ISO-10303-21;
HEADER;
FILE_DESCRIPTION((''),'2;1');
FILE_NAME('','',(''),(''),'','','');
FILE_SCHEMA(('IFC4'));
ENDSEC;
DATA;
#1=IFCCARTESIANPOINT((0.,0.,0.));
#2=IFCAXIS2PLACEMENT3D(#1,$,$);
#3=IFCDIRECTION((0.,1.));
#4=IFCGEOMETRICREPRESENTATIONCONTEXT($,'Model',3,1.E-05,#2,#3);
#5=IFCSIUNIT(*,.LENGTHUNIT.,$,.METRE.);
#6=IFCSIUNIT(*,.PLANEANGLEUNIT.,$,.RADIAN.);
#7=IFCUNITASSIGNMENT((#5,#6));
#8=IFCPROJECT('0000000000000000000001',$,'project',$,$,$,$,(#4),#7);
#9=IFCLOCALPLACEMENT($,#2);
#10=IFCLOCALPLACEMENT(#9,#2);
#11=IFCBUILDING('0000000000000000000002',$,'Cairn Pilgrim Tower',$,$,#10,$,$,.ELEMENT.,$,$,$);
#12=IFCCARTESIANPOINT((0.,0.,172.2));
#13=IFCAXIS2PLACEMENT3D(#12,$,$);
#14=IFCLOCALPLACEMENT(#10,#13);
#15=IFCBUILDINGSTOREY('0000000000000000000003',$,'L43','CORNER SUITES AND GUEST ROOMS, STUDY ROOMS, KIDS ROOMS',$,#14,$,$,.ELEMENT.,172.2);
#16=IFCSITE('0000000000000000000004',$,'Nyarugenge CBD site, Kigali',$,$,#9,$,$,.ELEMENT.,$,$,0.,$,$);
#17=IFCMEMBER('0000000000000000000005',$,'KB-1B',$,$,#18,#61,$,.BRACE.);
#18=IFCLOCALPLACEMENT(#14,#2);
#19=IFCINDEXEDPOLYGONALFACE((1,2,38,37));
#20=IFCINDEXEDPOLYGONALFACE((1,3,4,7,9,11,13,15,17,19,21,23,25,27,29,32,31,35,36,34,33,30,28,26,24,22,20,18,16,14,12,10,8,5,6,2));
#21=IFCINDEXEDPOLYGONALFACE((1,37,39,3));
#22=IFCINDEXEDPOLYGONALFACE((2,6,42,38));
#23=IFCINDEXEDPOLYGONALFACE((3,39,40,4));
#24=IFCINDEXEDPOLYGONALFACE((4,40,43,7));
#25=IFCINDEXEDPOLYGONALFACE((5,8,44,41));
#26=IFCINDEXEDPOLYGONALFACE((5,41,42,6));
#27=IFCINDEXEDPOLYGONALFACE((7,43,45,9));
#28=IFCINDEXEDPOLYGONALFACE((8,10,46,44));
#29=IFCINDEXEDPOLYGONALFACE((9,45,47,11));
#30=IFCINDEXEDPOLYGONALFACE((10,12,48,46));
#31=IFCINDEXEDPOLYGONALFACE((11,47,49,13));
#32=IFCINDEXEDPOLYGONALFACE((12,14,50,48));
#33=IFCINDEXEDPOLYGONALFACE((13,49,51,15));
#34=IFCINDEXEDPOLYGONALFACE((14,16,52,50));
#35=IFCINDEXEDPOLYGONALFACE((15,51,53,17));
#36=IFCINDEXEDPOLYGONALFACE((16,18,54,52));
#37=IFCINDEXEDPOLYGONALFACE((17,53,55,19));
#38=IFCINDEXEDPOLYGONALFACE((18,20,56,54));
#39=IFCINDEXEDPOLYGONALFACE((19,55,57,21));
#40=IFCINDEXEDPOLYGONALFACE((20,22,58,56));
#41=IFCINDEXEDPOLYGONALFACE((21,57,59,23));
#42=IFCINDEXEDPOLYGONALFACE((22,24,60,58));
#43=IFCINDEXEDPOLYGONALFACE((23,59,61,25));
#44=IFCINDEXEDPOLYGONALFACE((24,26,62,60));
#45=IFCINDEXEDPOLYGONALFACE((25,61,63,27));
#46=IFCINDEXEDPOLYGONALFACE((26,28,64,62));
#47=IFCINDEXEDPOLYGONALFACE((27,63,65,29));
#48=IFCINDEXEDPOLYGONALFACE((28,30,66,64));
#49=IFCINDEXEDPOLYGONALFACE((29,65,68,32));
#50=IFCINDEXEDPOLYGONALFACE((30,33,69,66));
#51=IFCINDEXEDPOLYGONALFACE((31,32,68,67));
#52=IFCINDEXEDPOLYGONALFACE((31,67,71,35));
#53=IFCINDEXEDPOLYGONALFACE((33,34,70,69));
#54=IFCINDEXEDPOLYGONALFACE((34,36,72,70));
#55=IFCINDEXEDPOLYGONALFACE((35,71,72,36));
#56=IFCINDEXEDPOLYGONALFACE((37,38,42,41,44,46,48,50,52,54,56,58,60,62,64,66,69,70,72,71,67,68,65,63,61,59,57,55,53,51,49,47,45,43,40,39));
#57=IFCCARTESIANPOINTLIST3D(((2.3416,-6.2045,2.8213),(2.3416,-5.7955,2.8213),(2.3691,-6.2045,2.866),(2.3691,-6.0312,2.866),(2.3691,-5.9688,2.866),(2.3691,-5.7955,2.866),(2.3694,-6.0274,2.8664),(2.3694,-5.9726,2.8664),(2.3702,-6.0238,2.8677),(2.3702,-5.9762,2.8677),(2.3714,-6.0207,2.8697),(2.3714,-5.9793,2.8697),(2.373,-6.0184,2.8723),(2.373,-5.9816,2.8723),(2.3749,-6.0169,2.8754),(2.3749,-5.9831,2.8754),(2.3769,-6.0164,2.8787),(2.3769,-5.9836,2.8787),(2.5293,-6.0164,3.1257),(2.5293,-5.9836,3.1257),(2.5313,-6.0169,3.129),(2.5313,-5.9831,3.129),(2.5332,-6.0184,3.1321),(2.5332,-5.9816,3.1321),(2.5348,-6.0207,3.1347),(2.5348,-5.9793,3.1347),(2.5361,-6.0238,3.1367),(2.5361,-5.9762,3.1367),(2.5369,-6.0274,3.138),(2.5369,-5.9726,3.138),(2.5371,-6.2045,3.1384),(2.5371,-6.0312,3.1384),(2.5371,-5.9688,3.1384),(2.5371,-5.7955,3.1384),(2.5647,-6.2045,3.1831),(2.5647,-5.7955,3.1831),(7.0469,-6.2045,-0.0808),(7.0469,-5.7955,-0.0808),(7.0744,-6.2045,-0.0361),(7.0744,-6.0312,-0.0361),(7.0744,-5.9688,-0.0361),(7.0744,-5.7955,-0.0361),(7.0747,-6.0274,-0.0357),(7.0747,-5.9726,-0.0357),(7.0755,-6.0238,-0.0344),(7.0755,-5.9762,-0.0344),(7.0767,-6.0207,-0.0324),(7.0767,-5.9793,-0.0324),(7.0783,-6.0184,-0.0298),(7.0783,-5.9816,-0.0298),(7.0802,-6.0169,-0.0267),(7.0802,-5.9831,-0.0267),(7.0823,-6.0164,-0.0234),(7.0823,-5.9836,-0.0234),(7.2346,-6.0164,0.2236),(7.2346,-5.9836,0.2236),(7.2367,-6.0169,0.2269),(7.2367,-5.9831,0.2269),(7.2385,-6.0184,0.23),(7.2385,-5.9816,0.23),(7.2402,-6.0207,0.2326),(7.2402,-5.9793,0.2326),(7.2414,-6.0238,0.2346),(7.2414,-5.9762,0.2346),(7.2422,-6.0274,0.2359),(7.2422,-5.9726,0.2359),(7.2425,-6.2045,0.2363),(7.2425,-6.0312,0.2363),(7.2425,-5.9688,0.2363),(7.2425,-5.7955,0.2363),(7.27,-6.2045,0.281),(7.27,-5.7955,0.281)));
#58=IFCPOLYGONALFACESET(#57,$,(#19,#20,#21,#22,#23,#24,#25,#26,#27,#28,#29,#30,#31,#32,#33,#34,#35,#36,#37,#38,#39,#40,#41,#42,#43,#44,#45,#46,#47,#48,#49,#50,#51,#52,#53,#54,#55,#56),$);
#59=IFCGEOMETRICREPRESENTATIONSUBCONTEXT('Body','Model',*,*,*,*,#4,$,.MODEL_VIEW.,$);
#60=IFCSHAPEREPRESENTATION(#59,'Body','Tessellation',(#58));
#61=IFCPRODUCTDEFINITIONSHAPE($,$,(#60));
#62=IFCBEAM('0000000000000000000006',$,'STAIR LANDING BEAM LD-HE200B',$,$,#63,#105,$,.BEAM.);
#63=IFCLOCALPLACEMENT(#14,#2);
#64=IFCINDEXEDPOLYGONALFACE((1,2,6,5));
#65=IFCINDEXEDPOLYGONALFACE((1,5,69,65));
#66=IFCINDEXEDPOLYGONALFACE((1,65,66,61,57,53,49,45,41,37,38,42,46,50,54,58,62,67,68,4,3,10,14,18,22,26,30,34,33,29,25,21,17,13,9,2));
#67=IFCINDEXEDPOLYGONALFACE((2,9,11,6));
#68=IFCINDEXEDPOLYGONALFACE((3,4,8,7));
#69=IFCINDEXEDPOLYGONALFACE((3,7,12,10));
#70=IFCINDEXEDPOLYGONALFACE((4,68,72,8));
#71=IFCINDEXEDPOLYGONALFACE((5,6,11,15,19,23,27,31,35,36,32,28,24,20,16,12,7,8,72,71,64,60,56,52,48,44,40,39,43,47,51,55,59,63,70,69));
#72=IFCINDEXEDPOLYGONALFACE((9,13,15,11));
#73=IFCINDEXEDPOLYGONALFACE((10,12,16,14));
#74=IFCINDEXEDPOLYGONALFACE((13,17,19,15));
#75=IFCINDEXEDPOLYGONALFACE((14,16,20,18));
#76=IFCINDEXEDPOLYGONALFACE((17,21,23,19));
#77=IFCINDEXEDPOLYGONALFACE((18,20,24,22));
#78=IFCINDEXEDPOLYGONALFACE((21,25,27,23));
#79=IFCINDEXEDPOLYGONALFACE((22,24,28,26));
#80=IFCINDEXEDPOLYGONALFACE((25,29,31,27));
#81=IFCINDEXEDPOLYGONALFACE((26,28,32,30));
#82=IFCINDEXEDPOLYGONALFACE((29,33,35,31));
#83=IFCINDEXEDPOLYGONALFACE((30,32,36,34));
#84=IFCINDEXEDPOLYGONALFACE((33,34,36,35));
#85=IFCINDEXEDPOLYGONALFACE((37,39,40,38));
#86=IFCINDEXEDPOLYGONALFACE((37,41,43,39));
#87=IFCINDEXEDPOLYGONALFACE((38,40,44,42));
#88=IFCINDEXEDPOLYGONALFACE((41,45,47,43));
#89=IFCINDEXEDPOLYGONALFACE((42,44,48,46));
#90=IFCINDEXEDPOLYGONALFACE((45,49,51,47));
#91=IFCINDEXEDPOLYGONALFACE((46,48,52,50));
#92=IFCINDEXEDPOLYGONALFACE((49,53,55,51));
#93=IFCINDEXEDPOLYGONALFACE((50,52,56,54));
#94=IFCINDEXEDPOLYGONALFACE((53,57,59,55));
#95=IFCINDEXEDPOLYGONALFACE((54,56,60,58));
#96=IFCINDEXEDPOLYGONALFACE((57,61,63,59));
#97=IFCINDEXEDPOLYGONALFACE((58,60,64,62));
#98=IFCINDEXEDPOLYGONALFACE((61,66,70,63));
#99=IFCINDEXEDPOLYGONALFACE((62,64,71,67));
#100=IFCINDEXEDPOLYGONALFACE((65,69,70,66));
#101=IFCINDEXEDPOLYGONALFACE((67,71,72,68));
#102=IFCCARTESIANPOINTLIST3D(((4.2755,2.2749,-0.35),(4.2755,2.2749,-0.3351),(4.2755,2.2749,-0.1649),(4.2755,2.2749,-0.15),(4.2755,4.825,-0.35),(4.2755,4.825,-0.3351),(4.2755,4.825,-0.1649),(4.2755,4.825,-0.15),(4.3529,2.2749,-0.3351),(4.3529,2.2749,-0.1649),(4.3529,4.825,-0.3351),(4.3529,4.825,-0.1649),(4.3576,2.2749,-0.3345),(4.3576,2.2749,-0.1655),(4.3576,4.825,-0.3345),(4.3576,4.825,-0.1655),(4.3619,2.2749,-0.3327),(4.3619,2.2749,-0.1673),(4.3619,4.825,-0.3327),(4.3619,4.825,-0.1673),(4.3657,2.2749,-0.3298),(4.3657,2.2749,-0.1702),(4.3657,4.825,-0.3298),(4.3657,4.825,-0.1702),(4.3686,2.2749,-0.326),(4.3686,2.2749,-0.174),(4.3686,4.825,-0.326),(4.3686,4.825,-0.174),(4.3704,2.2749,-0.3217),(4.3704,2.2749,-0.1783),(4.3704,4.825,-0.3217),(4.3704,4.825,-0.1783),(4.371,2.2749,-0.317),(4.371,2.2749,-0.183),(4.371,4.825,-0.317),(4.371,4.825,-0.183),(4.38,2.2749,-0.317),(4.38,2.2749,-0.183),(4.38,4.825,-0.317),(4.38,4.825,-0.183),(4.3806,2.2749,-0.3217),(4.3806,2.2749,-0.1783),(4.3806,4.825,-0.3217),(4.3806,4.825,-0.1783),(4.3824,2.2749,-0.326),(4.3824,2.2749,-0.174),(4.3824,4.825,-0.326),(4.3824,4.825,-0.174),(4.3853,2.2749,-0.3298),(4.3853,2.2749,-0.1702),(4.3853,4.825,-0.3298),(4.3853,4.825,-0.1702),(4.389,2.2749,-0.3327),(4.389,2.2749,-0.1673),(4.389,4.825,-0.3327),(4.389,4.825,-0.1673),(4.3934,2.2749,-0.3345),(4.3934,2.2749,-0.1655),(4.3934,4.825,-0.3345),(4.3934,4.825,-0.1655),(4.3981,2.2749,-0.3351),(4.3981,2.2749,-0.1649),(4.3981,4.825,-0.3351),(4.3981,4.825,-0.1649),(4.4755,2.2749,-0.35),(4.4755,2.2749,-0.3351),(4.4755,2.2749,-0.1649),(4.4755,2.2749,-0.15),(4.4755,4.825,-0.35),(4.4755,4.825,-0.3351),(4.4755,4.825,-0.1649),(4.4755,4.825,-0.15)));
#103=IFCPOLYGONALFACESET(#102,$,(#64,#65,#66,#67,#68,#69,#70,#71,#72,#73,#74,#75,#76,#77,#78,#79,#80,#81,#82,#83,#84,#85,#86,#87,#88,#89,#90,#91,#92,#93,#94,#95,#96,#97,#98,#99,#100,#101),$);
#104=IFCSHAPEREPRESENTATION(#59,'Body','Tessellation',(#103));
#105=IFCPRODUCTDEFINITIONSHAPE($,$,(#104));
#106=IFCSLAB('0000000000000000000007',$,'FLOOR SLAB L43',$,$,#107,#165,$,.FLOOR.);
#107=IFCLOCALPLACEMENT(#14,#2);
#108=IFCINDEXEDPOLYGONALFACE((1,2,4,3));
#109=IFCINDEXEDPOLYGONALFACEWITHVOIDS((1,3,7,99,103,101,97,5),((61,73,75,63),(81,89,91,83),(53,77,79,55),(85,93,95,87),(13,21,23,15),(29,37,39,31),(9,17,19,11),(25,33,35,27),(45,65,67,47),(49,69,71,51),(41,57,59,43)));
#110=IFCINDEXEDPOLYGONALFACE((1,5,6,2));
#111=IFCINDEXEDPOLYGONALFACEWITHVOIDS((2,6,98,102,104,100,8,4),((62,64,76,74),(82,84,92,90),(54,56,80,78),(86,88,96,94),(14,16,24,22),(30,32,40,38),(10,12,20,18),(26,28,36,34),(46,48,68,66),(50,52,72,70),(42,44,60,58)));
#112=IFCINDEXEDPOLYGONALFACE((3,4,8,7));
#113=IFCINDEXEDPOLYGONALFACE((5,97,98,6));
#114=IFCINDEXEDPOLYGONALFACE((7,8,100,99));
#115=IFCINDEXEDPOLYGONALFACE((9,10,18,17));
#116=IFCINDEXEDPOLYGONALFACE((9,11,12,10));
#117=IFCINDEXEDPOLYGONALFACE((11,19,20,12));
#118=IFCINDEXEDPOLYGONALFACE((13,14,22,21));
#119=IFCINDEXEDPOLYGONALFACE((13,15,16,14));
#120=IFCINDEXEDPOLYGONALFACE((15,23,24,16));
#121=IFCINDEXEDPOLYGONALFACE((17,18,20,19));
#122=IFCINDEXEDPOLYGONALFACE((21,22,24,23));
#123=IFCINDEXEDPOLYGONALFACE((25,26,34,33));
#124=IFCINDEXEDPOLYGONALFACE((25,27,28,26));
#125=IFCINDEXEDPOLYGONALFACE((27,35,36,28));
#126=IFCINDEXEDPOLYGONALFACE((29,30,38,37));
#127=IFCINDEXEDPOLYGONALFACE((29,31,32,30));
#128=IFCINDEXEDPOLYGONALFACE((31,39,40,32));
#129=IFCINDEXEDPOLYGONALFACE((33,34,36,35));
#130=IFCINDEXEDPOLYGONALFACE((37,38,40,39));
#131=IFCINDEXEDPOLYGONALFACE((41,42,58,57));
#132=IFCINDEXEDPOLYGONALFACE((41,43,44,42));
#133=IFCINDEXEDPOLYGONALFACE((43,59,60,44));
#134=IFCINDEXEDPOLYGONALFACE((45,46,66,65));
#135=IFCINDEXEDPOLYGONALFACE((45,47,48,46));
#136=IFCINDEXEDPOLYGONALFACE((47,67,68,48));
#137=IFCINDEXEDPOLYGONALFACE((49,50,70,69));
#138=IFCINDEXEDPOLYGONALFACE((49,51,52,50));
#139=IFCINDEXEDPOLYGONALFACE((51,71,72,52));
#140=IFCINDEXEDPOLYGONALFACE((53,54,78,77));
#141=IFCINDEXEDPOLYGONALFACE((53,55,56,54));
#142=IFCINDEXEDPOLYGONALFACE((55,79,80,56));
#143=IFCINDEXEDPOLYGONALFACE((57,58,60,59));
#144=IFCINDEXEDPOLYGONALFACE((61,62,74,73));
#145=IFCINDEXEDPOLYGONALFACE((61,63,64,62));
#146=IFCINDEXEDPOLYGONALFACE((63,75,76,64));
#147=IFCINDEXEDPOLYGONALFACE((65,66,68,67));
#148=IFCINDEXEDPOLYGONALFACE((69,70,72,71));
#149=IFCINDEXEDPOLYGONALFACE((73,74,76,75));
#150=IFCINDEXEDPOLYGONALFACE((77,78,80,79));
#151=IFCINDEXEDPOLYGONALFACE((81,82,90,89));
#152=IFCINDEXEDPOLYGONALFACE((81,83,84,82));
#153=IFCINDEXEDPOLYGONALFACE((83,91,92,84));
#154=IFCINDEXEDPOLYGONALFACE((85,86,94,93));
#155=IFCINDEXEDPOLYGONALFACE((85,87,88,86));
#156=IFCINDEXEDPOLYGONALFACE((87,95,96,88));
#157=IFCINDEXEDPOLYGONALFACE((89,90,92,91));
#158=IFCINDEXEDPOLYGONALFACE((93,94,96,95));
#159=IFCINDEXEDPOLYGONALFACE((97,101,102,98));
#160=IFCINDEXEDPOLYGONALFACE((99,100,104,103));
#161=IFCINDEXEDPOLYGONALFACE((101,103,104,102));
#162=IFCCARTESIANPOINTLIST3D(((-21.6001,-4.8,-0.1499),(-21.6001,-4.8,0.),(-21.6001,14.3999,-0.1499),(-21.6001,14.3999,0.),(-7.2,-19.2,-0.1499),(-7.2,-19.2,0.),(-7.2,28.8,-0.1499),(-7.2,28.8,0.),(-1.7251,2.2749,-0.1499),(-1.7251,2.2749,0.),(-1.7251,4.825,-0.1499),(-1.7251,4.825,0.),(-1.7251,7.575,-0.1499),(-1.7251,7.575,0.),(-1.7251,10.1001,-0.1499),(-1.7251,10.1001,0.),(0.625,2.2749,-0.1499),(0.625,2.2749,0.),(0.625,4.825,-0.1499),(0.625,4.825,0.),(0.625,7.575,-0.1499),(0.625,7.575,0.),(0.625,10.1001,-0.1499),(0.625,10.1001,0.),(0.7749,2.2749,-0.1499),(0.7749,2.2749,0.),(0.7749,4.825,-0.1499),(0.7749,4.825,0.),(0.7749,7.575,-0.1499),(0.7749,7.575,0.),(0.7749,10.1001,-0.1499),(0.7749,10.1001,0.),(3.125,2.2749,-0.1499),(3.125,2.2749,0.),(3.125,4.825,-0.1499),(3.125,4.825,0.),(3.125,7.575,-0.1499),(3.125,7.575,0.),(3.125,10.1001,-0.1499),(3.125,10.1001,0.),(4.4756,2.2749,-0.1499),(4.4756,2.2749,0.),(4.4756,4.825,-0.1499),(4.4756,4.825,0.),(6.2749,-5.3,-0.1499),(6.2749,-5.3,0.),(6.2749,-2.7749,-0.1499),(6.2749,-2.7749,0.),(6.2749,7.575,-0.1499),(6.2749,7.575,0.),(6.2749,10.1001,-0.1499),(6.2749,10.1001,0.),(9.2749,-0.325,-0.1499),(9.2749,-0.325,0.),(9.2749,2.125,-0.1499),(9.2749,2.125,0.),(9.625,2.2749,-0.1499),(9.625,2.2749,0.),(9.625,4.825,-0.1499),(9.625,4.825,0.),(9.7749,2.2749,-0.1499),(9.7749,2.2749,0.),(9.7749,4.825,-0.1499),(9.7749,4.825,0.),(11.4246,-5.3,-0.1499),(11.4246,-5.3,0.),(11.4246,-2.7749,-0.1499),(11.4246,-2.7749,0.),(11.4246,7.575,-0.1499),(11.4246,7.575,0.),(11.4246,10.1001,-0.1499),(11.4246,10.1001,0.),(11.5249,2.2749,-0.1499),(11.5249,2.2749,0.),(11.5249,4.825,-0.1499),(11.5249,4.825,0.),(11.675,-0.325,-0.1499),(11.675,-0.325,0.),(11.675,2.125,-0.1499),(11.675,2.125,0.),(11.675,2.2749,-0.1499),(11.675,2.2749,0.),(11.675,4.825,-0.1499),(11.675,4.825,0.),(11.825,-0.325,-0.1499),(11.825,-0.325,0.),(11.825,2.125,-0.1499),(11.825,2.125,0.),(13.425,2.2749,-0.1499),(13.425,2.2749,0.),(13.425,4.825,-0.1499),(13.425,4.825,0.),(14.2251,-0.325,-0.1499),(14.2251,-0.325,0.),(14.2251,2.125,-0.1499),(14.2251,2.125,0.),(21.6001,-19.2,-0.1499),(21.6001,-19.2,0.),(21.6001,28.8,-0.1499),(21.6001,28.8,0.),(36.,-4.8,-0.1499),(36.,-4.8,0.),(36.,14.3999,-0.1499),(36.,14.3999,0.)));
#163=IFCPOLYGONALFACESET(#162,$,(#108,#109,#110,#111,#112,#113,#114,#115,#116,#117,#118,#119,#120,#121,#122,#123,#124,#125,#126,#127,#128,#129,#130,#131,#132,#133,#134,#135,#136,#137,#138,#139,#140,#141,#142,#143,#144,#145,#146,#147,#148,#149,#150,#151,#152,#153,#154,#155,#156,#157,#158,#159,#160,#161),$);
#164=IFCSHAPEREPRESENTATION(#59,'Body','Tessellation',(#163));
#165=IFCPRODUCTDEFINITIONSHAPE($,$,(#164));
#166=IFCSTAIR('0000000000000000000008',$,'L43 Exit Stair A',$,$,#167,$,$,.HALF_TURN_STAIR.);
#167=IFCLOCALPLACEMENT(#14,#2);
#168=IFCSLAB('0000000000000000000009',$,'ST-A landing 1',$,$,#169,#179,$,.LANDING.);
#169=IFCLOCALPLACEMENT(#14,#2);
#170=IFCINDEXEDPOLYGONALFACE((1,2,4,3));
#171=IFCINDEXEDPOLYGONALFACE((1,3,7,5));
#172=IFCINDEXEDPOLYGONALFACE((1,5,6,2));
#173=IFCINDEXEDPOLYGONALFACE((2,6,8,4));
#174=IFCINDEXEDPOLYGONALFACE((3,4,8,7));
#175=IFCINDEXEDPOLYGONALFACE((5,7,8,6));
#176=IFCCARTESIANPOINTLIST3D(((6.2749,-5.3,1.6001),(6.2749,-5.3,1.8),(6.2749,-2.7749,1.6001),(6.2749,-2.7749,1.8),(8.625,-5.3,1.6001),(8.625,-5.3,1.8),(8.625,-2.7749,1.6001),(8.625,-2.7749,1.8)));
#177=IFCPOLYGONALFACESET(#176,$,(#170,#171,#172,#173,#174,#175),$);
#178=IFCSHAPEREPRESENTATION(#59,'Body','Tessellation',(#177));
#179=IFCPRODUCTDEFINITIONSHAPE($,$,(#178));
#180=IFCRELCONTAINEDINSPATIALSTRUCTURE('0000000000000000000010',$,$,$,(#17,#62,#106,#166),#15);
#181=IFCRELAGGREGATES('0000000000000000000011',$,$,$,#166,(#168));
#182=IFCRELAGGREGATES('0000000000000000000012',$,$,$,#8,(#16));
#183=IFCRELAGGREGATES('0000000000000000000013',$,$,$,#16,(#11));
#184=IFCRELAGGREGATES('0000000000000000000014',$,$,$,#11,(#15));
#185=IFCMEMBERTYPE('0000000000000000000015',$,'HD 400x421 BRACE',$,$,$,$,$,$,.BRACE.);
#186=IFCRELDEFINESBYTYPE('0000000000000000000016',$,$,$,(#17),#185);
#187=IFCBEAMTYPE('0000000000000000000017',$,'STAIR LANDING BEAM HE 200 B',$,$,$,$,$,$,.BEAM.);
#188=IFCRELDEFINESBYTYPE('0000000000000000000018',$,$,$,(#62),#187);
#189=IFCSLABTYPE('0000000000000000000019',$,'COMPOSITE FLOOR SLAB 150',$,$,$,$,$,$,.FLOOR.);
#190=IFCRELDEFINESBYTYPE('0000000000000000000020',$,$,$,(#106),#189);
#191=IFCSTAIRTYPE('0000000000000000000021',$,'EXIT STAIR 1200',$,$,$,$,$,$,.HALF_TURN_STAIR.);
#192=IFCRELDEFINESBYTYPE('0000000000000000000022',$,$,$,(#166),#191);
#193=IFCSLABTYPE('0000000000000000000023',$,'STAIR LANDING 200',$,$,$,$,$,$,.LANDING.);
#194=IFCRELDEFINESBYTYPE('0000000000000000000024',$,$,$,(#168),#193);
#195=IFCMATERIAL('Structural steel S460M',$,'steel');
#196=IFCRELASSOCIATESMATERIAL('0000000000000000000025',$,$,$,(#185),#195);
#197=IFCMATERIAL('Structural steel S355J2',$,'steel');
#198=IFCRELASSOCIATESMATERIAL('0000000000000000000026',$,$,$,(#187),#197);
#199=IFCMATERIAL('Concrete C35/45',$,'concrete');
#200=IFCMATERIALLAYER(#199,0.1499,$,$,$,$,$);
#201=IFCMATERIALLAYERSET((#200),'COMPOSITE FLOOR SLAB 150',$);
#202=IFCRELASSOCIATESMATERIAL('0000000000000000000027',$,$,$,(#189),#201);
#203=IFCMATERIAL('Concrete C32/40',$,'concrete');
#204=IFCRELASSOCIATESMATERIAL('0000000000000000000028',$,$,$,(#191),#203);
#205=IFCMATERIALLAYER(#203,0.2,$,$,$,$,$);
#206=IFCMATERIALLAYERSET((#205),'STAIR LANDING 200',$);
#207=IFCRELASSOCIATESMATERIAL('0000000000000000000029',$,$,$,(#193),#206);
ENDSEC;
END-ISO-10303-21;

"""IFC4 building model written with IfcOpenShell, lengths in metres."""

from ifc_helpers import new_model, si_unit, direction, frame, origin, origin_2d, place, context, subcontext, project, spatial, polyline, i_section, outline, extrude, material, layer, layer_set, material_profile, profile_set, type_object, element, aggregate, save


model = new_model("IFC4")

# Units and contexts
model_context = context("Model", 3, precision=1e-05, world=origin(), true_north=direction((0.0, 1.0)))
body_context = subcontext(model_context, "Body", "Model", "MODEL_VIEW")
ifc_project = project(units=[si_unit("LENGTHUNIT", "METRE"), si_unit("PLANEANGLEUNIT", "RADIAN")], contexts=[model_context])

# Site, building, storey
site_placement = place(None, origin())
site = spatial("IfcSite", under=ifc_project, at=site_placement, Name="Nyarugenge CBD site, Kigali", CompositionType="ELEMENT", RefElevation=0.0)
building_placement = place(site_placement, origin())
building = spatial("IfcBuilding", under=site, at=building_placement, Name="Cairn Pilgrim Tower", CompositionType="ELEMENT")
storey_placement = place(building_placement, frame((0.0, 0.0, 172.2)))
storey = spatial("IfcBuildingStorey", under=building, at=storey_placement, Name="L43", Description="CORNER SUITES AND GUEST ROOMS, STUDY ROOMS, KIDS ROOMS", CompositionType="ELEMENT", Elevation=172.2)

# Member
ifc_material_1 = material(Name="Structural steel S460M", Category="steel")
ifc_material_profile_1 = material_profile(ifc_material_1, i_section(OverallWidth=0.4089, OverallDepth=0.425, WebThickness=0.0327, FlangeThickness=0.0525, FilletRadius=0.0149, at=origin_2d()), Name="HD 400x421")
ifc_profile_set_1 = profile_set([ifc_material_profile_1], Name="Structural steel S460M")
member_type = type_object("IfcMemberType", Name="HD 400x421 BRACE", PredefinedType="BRACE", material=ifc_profile_set_1)
member_placement = place(storey_placement, frame((7.1584, -6.0, 0.1001), z_axis=(-0.851132, 0.0, 0.524952), x_axis=(0.0, -1.0, 0.0)))
element("IfcMember", 1, at=member_placement, inside=storey, type_object=member_type, Name="KB-1B", PredefinedType="BRACE", context=body_context, shape_type="SweptSolid", body=[
    extrude(i_section(OverallWidth=0.4089, OverallDepth=0.425, WebThickness=0.0327, FlangeThickness=0.0525, FilletRadius=0.0149, at=origin_2d()), origin(), (0.0, 0.0, 1.0), 5.5283),
])

# Beam
ifc_material_2 = material(Name="Structural steel S355J2", Category="steel")
ifc_material_profile_2 = material_profile(ifc_material_2, i_section(OverallWidth=0.2, OverallDepth=0.2, WebThickness=0.009, FlangeThickness=0.0149, FilletRadius=0.0181, at=origin_2d()), Name="HE 200 B")
ifc_profile_set_2 = profile_set([ifc_material_profile_2], Name="Structural steel S355J2")
beam_type = type_object("IfcBeamType", Name="STAIR LANDING BEAM HE 200 B", PredefinedType="BEAM", material=ifc_profile_set_2)
beam_placement = place(storey_placement, frame((4.3755, 2.2749, -0.25), z_axis=(0.0, 1.0, 0.0), x_axis=(-1.0, 0.0, 0.0)))
element("IfcBeam", 2, at=beam_placement, inside=storey, type_object=beam_type, Name="STAIR LANDING BEAM LD-HE200B", PredefinedType="BEAM", context=body_context, shape_type="SweptSolid", body=[
    extrude(i_section(OverallWidth=0.2, OverallDepth=0.2, WebThickness=0.009, FlangeThickness=0.0149, FilletRadius=0.0181, at=origin_2d()), origin(), (0.0, 0.0, 1.0), 2.55),
])

# Slab
ifc_material_3 = material(Name="Concrete C35/45", Category="concrete")
ifc_layer_1 = layer(ifc_material_3, 0.1499)
ifc_layer_set_1 = layer_set([ifc_layer_1], Name="COMPOSITE FLOOR SLAB 150")
slab_type_1 = type_object("IfcSlabType", Name="COMPOSITE FLOOR SLAB 150", PredefinedType="FLOOR", material=ifc_layer_set_1)
slab_1_placement = place(storey_placement, frame((0.0, 0.0, -0.1499)))
element("IfcSlab", 3, at=slab_1_placement, inside=storey, type_object=slab_type_1, Name="FLOOR SLAB L43", PredefinedType="FLOOR", context=body_context, shape_type="SweptSolid", body=[
    extrude(outline(polyline([(-7.2, -19.2), (21.6001, -19.2), (36.0, -4.8), (36.0, 14.3999), (21.6001, 28.8), (-7.2, 28.8), (-21.6001, 14.3999), (-21.6001, -4.8), (-7.2, -19.2)]), holes=[polyline([(9.2749, -0.325), (11.675, -0.325), (11.675, 2.125), (9.2749, 2.125), (9.2749, -0.325)]), polyline([(11.825, -0.325), (14.2251, -0.325), (14.2251, 2.125), (11.825, 2.125), (11.825, -0.325)]), polyline([(-1.7251, 2.2749), (0.625, 2.2749), (0.625, 4.825), (-1.7251, 4.825), (-1.7251, 2.2749)]), polyline([(0.7749, 2.2749), (3.125, 2.2749), (3.125, 4.825), (0.7749, 4.825), (0.7749, 2.2749)]), polyline([(-1.7251, 7.575), (0.625, 7.575), (0.625, 10.1001), (-1.7251, 10.1001), (-1.7251, 7.575)]), polyline([(0.7749, 7.575), (3.125, 7.575), (3.125, 10.1001), (0.7749, 10.1001), (0.7749, 7.575)]), polyline([(9.7749, 2.2749), (11.5249, 2.2749), (11.5249, 4.825), (9.7749, 4.825), (9.7749, 2.2749)]), polyline([(11.675, 2.2749), (13.425, 2.2749), (13.425, 4.825), (11.675, 4.825), (11.675, 2.2749)]), polyline([(11.4246, -2.7749), (6.2749, -2.7749), (6.2749, -5.3), (11.4246, -5.3), (11.4246, -2.7749)]), polyline([(4.4756, 2.2749), (9.625, 2.2749), (9.625, 4.825), (4.4756, 4.825), (4.4756, 2.2749)]), polyline([(11.4246, 10.1001), (6.2749, 10.1001), (6.2749, 7.575), (11.4246, 7.575), (11.4246, 10.1001)])]), origin(), (0.0, 0.0, 1.0), 0.1499),
])

# Stair, slab
ifc_material_4 = material(Name="Concrete C32/40", Category="concrete")
stair_type = type_object("IfcStairType", Name="EXIT STAIR 1200", PredefinedType="HALF_TURN_STAIR", material=ifc_material_4)
stair_1_placement = place(storey_placement, origin())
stair_1 = element("IfcStair", 4, at=stair_1_placement, inside=storey, type_object=stair_type, Name="L43 Exit Stair A", PredefinedType="HALF_TURN_STAIR")
ifc_layer_2 = layer(ifc_material_4, 0.2)
ifc_layer_set_2 = layer_set([ifc_layer_2], Name="STAIR LANDING 200")
slab_type_2 = type_object("IfcSlabType", Name="STAIR LANDING 200", PredefinedType="LANDING", material=ifc_layer_set_2)
slab_2_placement = place(storey_placement, frame((0.0, 0.0, 1.6001)))
slab_2 = element("IfcSlab", 5, at=slab_2_placement, type_object=slab_type_2, Name="ST-A landing 1", PredefinedType="LANDING", context=body_context, shape_type="SweptSolid", body=[
    extrude(outline(polyline([(8.625, -2.7749), (6.2749, -2.7749), (6.2749, -5.3), (8.625, -5.3), (8.625, -2.7749)])), origin(), (0.0, 0.0, 1.0), 0.2),
])
aggregate(stair_1, [slab_2])

save(model, "model.ifc")
